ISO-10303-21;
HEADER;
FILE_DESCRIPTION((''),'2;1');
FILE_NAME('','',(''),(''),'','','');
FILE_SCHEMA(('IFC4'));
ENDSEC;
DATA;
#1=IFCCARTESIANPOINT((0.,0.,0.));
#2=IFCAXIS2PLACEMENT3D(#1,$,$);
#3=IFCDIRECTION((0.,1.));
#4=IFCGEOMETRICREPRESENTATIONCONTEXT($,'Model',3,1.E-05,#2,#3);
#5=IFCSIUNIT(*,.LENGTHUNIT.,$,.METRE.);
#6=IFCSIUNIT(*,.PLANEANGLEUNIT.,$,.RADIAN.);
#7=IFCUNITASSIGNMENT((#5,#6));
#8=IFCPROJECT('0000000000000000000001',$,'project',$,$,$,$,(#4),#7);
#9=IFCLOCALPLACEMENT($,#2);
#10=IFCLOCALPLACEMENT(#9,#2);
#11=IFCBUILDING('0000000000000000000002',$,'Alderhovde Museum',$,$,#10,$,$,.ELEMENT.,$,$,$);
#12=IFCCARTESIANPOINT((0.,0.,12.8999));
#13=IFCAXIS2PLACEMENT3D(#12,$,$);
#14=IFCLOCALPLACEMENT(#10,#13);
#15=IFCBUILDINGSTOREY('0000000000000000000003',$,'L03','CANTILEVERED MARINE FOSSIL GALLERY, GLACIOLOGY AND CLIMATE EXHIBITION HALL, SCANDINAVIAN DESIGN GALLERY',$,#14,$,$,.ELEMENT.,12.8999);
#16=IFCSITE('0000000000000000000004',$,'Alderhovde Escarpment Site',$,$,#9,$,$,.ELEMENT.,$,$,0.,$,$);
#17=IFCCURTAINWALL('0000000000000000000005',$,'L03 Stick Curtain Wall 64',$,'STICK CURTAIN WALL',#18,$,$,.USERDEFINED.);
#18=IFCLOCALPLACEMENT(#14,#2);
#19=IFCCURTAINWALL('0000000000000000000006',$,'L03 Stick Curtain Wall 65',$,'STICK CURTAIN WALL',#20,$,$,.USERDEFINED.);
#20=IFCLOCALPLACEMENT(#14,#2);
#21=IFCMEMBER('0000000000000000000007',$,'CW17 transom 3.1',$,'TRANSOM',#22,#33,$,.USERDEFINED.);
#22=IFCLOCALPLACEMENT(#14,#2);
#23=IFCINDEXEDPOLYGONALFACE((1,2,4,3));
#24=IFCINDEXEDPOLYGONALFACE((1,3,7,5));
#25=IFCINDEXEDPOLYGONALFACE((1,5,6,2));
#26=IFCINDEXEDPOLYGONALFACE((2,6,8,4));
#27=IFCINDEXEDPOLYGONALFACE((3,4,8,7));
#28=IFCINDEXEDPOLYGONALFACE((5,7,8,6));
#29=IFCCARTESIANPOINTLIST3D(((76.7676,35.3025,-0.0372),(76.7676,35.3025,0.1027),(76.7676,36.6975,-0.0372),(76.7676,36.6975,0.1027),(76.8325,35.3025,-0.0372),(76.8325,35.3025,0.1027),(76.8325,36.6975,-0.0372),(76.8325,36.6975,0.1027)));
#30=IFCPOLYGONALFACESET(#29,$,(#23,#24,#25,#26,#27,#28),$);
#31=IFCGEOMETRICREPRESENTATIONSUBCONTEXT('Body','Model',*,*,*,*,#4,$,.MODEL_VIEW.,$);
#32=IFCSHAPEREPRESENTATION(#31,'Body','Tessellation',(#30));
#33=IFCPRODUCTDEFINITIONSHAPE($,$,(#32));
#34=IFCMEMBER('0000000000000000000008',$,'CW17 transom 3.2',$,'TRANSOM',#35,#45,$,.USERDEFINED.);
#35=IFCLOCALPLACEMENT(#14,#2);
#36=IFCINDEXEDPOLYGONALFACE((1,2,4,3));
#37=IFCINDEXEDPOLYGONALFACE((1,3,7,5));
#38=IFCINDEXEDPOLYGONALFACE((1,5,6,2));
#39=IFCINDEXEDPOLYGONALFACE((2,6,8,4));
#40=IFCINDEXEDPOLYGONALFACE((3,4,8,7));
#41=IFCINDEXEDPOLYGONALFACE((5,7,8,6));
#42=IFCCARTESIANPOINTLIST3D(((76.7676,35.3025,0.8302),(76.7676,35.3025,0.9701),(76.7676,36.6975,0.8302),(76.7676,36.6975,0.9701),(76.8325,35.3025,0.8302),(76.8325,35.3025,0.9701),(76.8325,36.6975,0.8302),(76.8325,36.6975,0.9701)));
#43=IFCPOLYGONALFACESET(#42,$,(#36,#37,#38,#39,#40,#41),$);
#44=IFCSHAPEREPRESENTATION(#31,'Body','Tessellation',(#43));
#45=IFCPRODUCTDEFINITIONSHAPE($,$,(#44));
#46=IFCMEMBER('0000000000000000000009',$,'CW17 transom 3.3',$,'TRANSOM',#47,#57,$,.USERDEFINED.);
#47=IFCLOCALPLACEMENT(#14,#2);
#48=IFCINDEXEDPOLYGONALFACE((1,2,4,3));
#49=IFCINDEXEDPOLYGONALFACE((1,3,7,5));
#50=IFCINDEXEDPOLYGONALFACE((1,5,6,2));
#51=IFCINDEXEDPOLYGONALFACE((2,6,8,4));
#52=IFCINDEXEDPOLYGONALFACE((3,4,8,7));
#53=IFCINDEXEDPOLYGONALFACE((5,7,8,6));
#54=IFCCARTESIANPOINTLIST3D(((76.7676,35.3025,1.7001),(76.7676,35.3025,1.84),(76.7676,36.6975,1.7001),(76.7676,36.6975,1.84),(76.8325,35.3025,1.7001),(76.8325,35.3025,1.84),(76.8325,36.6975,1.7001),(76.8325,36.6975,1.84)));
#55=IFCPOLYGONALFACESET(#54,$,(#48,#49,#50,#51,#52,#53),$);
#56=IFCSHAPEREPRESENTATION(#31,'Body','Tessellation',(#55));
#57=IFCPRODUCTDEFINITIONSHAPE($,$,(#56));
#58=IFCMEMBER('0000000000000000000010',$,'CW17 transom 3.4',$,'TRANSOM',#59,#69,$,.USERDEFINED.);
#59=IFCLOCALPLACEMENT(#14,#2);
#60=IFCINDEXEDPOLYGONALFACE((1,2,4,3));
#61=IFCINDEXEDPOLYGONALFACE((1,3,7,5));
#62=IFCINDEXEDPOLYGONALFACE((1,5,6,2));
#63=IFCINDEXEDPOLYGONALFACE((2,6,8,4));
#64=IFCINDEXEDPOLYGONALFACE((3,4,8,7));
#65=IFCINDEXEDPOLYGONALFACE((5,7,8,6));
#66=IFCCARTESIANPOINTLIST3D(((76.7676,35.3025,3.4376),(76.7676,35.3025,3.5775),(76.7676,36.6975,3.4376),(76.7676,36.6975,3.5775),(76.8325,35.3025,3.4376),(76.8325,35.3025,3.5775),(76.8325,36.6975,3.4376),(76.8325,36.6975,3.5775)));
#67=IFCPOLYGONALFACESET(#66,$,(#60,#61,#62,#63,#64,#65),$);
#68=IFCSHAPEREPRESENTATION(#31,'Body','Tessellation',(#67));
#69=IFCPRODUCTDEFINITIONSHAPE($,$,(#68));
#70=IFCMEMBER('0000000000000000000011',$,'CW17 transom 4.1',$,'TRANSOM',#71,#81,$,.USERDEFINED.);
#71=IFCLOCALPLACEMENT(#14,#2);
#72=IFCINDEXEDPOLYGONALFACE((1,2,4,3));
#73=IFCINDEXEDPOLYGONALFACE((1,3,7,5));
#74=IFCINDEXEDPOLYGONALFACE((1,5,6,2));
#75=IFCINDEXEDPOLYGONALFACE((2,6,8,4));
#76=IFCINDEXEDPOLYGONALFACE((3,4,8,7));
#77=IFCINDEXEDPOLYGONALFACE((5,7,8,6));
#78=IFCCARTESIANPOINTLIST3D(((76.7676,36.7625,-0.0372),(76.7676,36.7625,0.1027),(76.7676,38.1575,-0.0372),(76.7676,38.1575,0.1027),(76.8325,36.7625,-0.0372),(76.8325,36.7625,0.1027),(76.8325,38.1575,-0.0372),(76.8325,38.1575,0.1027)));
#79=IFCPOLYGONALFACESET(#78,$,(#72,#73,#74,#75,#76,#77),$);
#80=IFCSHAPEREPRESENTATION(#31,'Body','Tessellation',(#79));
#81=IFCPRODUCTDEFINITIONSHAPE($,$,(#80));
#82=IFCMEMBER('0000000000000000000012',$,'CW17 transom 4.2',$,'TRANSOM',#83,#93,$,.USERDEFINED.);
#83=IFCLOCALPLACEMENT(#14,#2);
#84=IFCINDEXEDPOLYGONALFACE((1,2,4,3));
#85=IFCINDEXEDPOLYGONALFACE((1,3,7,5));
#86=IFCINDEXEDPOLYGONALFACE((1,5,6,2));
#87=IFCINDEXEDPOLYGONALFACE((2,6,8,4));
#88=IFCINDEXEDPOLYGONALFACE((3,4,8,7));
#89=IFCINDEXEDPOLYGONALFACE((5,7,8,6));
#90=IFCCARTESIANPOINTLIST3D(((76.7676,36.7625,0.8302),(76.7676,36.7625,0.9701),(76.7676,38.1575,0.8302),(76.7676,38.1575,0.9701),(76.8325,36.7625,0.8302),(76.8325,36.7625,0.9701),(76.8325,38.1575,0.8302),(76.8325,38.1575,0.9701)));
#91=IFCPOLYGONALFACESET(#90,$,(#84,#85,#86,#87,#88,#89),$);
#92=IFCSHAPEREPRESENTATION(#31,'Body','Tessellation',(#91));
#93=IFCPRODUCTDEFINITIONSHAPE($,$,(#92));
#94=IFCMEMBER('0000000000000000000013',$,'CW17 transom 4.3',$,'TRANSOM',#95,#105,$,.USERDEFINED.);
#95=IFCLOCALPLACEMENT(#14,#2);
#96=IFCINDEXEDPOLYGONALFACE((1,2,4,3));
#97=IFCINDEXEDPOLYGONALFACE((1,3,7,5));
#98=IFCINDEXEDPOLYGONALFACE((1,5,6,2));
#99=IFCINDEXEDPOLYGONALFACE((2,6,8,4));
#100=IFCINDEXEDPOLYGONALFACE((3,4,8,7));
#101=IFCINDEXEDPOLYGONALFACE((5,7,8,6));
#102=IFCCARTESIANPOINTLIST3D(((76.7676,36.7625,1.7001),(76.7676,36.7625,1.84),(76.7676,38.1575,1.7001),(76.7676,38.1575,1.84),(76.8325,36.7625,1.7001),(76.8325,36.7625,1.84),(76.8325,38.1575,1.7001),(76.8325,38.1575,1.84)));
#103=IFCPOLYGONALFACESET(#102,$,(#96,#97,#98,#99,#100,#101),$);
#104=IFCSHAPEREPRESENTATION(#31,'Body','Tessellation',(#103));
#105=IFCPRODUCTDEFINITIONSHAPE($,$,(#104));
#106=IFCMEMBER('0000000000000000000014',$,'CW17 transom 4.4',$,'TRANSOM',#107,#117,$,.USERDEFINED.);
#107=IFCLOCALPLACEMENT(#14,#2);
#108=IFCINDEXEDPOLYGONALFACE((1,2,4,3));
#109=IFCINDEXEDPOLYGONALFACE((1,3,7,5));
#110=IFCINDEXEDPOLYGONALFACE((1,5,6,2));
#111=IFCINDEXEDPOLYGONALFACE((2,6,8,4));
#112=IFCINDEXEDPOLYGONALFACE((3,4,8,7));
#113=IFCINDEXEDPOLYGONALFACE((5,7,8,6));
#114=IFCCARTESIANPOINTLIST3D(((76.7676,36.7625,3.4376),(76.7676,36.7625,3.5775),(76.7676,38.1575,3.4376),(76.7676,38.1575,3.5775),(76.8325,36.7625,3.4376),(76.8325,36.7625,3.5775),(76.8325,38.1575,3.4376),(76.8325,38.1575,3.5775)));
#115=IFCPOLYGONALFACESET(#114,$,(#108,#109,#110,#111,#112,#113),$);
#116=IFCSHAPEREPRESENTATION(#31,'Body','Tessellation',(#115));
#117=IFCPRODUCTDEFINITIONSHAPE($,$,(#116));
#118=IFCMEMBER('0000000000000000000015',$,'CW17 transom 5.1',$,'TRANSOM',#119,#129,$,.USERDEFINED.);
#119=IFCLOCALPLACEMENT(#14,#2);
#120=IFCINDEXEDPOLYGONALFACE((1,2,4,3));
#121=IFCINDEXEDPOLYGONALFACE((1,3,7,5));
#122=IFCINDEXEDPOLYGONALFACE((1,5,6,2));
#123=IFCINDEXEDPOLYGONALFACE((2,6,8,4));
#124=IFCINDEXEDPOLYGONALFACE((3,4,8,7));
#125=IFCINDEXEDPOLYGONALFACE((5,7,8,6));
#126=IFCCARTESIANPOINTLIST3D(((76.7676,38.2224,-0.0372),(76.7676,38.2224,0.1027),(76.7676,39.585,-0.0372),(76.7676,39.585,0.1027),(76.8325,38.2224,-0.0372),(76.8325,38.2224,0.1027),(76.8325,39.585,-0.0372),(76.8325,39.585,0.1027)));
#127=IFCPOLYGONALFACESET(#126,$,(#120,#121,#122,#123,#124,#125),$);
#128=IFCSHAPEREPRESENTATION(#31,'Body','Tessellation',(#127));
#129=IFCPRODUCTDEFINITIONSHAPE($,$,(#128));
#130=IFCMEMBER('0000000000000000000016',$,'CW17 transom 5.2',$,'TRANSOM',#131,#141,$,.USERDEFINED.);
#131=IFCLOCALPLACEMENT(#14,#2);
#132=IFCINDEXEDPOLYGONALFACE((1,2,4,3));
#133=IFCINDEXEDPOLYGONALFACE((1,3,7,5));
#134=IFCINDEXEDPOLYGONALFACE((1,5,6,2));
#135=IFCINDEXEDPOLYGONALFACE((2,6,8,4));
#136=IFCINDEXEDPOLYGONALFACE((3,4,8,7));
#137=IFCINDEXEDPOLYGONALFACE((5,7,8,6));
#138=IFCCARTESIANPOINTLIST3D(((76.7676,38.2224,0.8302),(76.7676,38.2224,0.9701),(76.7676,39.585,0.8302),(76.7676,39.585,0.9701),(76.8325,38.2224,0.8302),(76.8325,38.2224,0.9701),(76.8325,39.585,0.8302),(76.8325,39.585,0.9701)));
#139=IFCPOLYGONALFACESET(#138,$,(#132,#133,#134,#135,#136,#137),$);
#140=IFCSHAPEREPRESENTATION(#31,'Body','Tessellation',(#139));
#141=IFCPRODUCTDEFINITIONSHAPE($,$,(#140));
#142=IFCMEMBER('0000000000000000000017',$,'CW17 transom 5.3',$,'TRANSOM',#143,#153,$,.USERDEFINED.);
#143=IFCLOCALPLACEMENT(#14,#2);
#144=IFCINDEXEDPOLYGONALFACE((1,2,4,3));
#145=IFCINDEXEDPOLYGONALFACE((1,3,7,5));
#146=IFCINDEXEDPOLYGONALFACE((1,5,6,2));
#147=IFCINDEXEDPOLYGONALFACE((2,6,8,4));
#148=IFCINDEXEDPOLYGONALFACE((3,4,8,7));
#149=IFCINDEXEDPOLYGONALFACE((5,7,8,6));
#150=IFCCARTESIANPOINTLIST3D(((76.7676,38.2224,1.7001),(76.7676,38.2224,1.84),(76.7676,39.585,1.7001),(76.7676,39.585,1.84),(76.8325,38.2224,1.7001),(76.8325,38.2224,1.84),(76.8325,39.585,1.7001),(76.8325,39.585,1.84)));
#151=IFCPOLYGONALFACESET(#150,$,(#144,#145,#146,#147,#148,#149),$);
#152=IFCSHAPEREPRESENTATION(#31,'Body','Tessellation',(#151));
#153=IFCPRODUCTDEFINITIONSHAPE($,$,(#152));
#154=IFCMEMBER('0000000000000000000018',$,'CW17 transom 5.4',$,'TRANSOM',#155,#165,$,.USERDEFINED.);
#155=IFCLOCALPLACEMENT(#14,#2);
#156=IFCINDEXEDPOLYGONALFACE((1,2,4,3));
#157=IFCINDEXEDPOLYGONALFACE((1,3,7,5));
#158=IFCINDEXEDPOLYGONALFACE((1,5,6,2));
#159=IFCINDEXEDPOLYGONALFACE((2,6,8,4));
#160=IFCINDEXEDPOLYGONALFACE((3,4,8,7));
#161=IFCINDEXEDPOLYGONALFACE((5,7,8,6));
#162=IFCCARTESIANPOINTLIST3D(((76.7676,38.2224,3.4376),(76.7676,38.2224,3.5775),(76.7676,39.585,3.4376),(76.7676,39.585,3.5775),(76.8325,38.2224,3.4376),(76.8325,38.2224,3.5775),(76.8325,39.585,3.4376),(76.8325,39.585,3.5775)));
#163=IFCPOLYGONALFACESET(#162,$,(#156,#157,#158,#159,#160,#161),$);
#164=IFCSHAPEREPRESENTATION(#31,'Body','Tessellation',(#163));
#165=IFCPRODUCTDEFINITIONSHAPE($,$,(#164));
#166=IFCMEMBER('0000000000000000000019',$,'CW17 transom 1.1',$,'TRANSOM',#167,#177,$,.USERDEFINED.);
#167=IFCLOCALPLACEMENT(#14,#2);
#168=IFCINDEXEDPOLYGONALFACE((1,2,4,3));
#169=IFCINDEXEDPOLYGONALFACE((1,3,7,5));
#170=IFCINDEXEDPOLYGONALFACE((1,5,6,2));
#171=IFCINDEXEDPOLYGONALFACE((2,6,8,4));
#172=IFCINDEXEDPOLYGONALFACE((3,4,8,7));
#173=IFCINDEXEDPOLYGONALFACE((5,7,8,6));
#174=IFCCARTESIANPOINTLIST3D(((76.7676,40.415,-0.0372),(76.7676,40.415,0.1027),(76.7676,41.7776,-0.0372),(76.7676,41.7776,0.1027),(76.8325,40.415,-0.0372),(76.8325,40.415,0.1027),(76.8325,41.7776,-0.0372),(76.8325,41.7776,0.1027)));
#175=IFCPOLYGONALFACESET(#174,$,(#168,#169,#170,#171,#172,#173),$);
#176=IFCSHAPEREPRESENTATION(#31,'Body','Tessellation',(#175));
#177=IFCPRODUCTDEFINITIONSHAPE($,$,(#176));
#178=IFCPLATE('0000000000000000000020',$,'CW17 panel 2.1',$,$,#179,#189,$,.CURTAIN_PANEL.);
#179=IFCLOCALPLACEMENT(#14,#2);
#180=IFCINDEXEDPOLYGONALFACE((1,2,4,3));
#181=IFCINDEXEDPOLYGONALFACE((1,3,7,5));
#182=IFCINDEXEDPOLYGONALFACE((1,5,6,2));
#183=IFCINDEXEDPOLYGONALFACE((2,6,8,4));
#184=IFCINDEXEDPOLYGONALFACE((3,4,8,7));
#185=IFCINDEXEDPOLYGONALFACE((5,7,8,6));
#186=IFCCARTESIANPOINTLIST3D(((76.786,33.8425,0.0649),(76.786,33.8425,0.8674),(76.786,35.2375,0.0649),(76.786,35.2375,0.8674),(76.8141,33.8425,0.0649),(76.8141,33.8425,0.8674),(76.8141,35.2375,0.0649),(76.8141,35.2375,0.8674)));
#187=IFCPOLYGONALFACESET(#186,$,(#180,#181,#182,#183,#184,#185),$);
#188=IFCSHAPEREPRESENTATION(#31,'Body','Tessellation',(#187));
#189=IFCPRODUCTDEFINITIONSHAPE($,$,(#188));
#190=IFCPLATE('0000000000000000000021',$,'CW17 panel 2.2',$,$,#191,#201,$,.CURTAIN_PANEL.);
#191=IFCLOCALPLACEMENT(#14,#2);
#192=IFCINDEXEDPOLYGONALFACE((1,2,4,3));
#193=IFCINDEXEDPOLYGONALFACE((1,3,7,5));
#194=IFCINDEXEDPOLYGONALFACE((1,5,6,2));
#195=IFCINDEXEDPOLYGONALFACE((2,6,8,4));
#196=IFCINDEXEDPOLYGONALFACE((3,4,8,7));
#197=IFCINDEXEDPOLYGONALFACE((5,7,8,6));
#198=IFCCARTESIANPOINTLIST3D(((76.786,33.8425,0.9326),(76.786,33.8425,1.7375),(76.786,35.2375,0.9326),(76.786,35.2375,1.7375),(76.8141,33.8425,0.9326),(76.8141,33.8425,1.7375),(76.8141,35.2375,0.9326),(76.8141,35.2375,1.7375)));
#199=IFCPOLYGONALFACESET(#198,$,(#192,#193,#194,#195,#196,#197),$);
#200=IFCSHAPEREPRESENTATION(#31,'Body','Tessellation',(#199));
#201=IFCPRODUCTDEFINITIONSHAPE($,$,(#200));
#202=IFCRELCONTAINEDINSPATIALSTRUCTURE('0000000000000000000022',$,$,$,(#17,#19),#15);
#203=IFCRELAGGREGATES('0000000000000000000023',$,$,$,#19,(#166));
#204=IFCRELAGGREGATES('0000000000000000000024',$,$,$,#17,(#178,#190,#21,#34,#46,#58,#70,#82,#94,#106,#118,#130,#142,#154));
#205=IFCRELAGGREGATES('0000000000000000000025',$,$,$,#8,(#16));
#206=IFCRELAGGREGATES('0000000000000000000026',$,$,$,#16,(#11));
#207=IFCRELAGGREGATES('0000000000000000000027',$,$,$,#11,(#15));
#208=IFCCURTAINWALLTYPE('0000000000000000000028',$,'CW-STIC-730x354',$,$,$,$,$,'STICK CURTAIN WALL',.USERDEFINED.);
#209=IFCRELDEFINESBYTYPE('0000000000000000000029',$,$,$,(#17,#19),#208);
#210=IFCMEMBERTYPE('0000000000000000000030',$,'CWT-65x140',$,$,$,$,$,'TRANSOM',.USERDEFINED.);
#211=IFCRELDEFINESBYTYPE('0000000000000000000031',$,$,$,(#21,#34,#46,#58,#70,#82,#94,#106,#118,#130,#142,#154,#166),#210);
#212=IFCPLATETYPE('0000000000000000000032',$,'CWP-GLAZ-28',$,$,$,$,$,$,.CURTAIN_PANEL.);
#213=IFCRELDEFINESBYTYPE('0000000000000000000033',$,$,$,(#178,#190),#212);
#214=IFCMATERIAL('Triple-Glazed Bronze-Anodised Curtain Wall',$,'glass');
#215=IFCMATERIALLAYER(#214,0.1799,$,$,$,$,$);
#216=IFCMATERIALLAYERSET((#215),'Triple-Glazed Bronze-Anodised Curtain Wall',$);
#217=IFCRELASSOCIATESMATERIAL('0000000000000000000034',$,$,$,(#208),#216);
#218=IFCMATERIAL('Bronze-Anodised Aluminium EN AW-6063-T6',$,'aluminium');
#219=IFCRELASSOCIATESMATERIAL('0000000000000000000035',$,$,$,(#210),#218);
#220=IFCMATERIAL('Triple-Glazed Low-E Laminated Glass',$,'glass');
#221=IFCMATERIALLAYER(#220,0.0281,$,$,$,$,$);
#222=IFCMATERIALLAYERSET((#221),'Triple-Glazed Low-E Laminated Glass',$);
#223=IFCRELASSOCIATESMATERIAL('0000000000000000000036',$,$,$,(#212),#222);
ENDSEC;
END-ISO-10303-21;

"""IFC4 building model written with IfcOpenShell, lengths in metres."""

from ifc_helpers import new_model, si_unit, direction, frame, origin, origin_2d, place, context, subcontext, project, spatial, rectangle, extrude, material, layer, layer_set, material_profile, profile_set, type_object, element, aggregate, save


model = new_model("IFC4")

# Units and contexts
model_context = context("Model", 3, precision=1e-05, world=origin(), true_north=direction((0.0, 1.0)))
body_context = subcontext(model_context, "Body", "Model", "MODEL_VIEW")
ifc_project = project(units=[si_unit("LENGTHUNIT", "METRE"), si_unit("PLANEANGLEUNIT", "RADIAN")], contexts=[model_context])

# Site, building, storey
site_placement = place(None, origin())
site = spatial("IfcSite", under=ifc_project, at=site_placement, Name="Alderhovde Escarpment Site", CompositionType="ELEMENT", RefElevation=0.0)
building_placement = place(site_placement, origin())
building = spatial("IfcBuilding", under=site, at=building_placement, Name="Alderhovde Museum", CompositionType="ELEMENT")
storey_placement = place(building_placement, frame((0.0, 0.0, 12.8999)))
storey = spatial("IfcBuildingStorey", under=building, at=storey_placement, Name="L03", Description="CANTILEVERED MARINE FOSSIL GALLERY, GLACIOLOGY AND CLIMATE EXHIBITION HALL, SCANDINAVIAN DESIGN GALLERY", CompositionType="ELEMENT", Elevation=12.8999)

# Curtain wall
ifc_material_1 = material(Name="Triple-Glazed Bronze-Anodised Curtain Wall", Category="glass")
ifc_layer_1 = layer(ifc_material_1, 0.1799)
ifc_layer_set_1 = layer_set([ifc_layer_1], Name="Triple-Glazed Bronze-Anodised Curtain Wall")
curtain_wall_type = type_object("IfcCurtainWallType", Name="CW-STIC-730x354", ElementType="STICK CURTAIN WALL", PredefinedType="USERDEFINED", material=ifc_layer_set_1)
curtain_wall_1_placement = place(storey_placement, origin())
curtain_wall_1 = element("IfcCurtainWall", 1, at=curtain_wall_1_placement, inside=storey, type_object=curtain_wall_type, Name="L03 Stick Curtain Wall 64", ObjectType="STICK CURTAIN WALL", PredefinedType="USERDEFINED")

# Curtain wall
curtain_wall_2_placement = place(storey_placement, origin())
curtain_wall_2 = element("IfcCurtainWall", 2, at=curtain_wall_2_placement, inside=storey, type_object=curtain_wall_type, Name="L03 Stick Curtain Wall 65", ObjectType="STICK CURTAIN WALL", PredefinedType="USERDEFINED")

# Members
ifc_material_2 = material(Name="Bronze-Anodised Aluminium EN AW-6063-T6", Category="aluminium")
ifc_material_profile_1 = material_profile(ifc_material_2, rectangle(XDim=0.0649, YDim=0.1399, at=origin_2d()), Name="TRANSOM 65x140")
ifc_profile_set_1 = profile_set([ifc_material_profile_1], Name="Bronze-Anodised Aluminium EN AW-6063-T6")
member_type_1 = type_object("IfcMemberType", Name="CWT-65x140", ElementType="TRANSOM", PredefinedType="USERDEFINED", material=ifc_profile_set_1)
member_1_placement = place(storey_placement, frame((76.8, 35.3025, 0.0327), z_axis=(0.0, 1.0, 0.0), x_axis=(-1.0, 0.0, 0.0)))
member_1 = element("IfcMember", 3, at=member_1_placement, type_object=member_type_1, Name="CW17 transom 3.1", ObjectType="TRANSOM", PredefinedType="USERDEFINED", context=body_context, shape_type="SweptSolid", body=[
    extrude(rectangle(XDim=0.0649, YDim=0.1399, at=origin_2d()), origin(), (0.0, 0.0, 1.0), 1.395),
])
member_2_placement = place(storey_placement, frame((76.8, 35.3025, 0.9001), z_axis=(0.0, 1.0, 0.0), x_axis=(-1.0, 0.0, 0.0)))
member_2 = element("IfcMember", 4, at=member_2_placement, type_object=member_type_1, Name="CW17 transom 3.2", ObjectType="TRANSOM", PredefinedType="USERDEFINED", context=body_context, shape_type="SweptSolid", body=[
    extrude(rectangle(XDim=0.0649, YDim=0.1399, at=origin_2d()), origin(), (0.0, 0.0, 1.0), 1.395),
])
member_3_placement = place(storey_placement, frame((76.8, 35.3025, 1.77), z_axis=(0.0, 1.0, 0.0), x_axis=(-1.0, 0.0, 0.0)))
member_3 = element("IfcMember", 5, at=member_3_placement, type_object=member_type_1, Name="CW17 transom 3.3", ObjectType="TRANSOM", PredefinedType="USERDEFINED", context=body_context, shape_type="SweptSolid", body=[
    extrude(rectangle(XDim=0.0649, YDim=0.1399, at=origin_2d()), origin(), (0.0, 0.0, 1.0), 1.395),
])
member_4_placement = place(storey_placement, frame((76.8, 35.3025, 3.5076), z_axis=(0.0, 1.0, 0.0), x_axis=(-1.0, 0.0, 0.0)))
member_4 = element("IfcMember", 6, at=member_4_placement, type_object=member_type_1, Name="CW17 transom 3.4", ObjectType="TRANSOM", PredefinedType="USERDEFINED", context=body_context, shape_type="SweptSolid", body=[
    extrude(rectangle(XDim=0.0649, YDim=0.1399, at=origin_2d()), origin(), (0.0, 0.0, 1.0), 1.395),
])
member_5_placement = place(storey_placement, frame((76.8, 36.7625, 0.0327), z_axis=(0.0, 1.0, 0.0), x_axis=(-1.0, 0.0, 0.0)))
member_5 = element("IfcMember", 7, at=member_5_placement, type_object=member_type_1, Name="CW17 transom 4.1", ObjectType="TRANSOM", PredefinedType="USERDEFINED", context=body_context, shape_type="SweptSolid", body=[
    extrude(rectangle(XDim=0.0649, YDim=0.1399, at=origin_2d()), origin(), (0.0, 0.0, 1.0), 1.395),
])
member_6_placement = place(storey_placement, frame((76.8, 36.7625, 0.9001), z_axis=(0.0, 1.0, 0.0), x_axis=(-1.0, 0.0, 0.0)))
member_6 = element("IfcMember", 8, at=member_6_placement, type_object=member_type_1, Name="CW17 transom 4.2", ObjectType="TRANSOM", PredefinedType="USERDEFINED", context=body_context, shape_type="SweptSolid", body=[
    extrude(rectangle(XDim=0.0649, YDim=0.1399, at=origin_2d()), origin(), (0.0, 0.0, 1.0), 1.395),
])
member_7_placement = place(storey_placement, frame((76.8, 36.7625, 1.77), z_axis=(0.0, 1.0, 0.0), x_axis=(-1.0, 0.0, 0.0)))
member_7 = element("IfcMember", 9, at=member_7_placement, type_object=member_type_1, Name="CW17 transom 4.3", ObjectType="TRANSOM", PredefinedType="USERDEFINED", context=body_context, shape_type="SweptSolid", body=[
    extrude(rectangle(XDim=0.0649, YDim=0.1399, at=origin_2d()), origin(), (0.0, 0.0, 1.0), 1.395),
])
member_8_placement = place(storey_placement, frame((76.8, 36.7625, 3.5076), z_axis=(0.0, 1.0, 0.0), x_axis=(-1.0, 0.0, 0.0)))
member_8 = element("IfcMember", 10, at=member_8_placement, type_object=member_type_1, Name="CW17 transom 4.4", ObjectType="TRANSOM", PredefinedType="USERDEFINED", context=body_context, shape_type="SweptSolid", body=[
    extrude(rectangle(XDim=0.0649, YDim=0.1399, at=origin_2d()), origin(), (0.0, 0.0, 1.0), 1.395),
])
member_9_placement = place(storey_placement, frame((76.8, 38.2224, 0.0327), z_axis=(0.0, 1.0, 0.0), x_axis=(-1.0, 0.0, 0.0)))
member_9 = element("IfcMember", 11, at=member_9_placement, type_object=member_type_1, Name="CW17 transom 5.1", ObjectType="TRANSOM", PredefinedType="USERDEFINED", context=body_context, shape_type="SweptSolid", body=[
    extrude(rectangle(XDim=0.0649, YDim=0.1399, at=origin_2d()), origin(), (0.0, 0.0, 1.0), 1.3625),
])
member_10_placement = place(storey_placement, frame((76.8, 38.2224, 0.9001), z_axis=(0.0, 1.0, 0.0), x_axis=(-1.0, 0.0, 0.0)))
member_10 = element("IfcMember", 12, at=member_10_placement, type_object=member_type_1, Name="CW17 transom 5.2", ObjectType="TRANSOM", PredefinedType="USERDEFINED", context=body_context, shape_type="SweptSolid", body=[
    extrude(rectangle(XDim=0.0649, YDim=0.1399, at=origin_2d()), origin(), (0.0, 0.0, 1.0), 1.3625),
])
member_11_placement = place(storey_placement, frame((76.8, 38.2224, 1.77), z_axis=(0.0, 1.0, 0.0), x_axis=(-1.0, 0.0, 0.0)))
member_11 = element("IfcMember", 13, at=member_11_placement, type_object=member_type_1, Name="CW17 transom 5.3", ObjectType="TRANSOM", PredefinedType="USERDEFINED", context=body_context, shape_type="SweptSolid", body=[
    extrude(rectangle(XDim=0.0649, YDim=0.1399, at=origin_2d()), origin(), (0.0, 0.0, 1.0), 1.3625),
])
member_12_placement = place(storey_placement, frame((76.8, 38.2224, 3.5076), z_axis=(0.0, 1.0, 0.0), x_axis=(-1.0, 0.0, 0.0)))
member_12 = element("IfcMember", 14, at=member_12_placement, type_object=member_type_1, Name="CW17 transom 5.4", ObjectType="TRANSOM", PredefinedType="USERDEFINED", context=body_context, shape_type="SweptSolid", body=[
    extrude(rectangle(XDim=0.0649, YDim=0.1399, at=origin_2d()), origin(), (0.0, 0.0, 1.0), 1.3625),
])
member_13_placement = place(storey_placement, frame((76.8, 40.415, 0.0327), z_axis=(0.0, 1.0, 0.0), x_axis=(-1.0, 0.0, 0.0)))
member_13 = element("IfcMember", 15, at=member_13_placement, type_object=member_type_1, Name="CW17 transom 1.1", ObjectType="TRANSOM", PredefinedType="USERDEFINED", context=body_context, shape_type="SweptSolid", body=[
    extrude(rectangle(XDim=0.0649, YDim=0.1399, at=origin_2d()), origin(), (0.0, 0.0, 1.0), 1.3625),
])
aggregate(curtain_wall_2, [member_13])

# Plates
ifc_material_3 = material(Name="Triple-Glazed Low-E Laminated Glass", Category="glass")
ifc_layer_2 = layer(ifc_material_3, 0.0281)
ifc_layer_set_2 = layer_set([ifc_layer_2], Name="Triple-Glazed Low-E Laminated Glass")
plate_type = type_object("IfcPlateType", Name="CWP-GLAZ-28", PredefinedType="CURTAIN_PANEL", material=ifc_layer_set_2)
plate_1_placement = place(storey_placement, frame((76.8, 34.54, 0.0649), z_axis=(0.0, 0.0, 1.0), x_axis=(0.0, 1.0, 0.0)))
plate_1 = element("IfcPlate", 16, at=plate_1_placement, type_object=plate_type, Name="CW17 panel 2.1", PredefinedType="CURTAIN_PANEL", context=body_context, shape_type="SweptSolid", body=[
    extrude(rectangle(XDim=1.395, YDim=0.0281, at=origin_2d()), origin(), (0.0, 0.0, 1.0), 0.8025),
])
plate_2_placement = place(storey_placement, frame((76.8, 34.54, 0.9326), z_axis=(0.0, 0.0, 1.0), x_axis=(0.0, 1.0, 0.0)))
plate_2 = element("IfcPlate", 17, at=plate_2_placement, type_object=plate_type, Name="CW17 panel 2.2", PredefinedType="CURTAIN_PANEL", context=body_context, shape_type="SweptSolid", body=[
    extrude(rectangle(XDim=1.395, YDim=0.0281, at=origin_2d()), origin(), (0.0, 0.0, 1.0), 0.8049),
])
aggregate(curtain_wall_1, [plate_1, plate_2, member_1, member_2, member_3, member_4, member_5, member_6, member_7, member_8, member_9, member_10, member_11, member_12])

save(model, "model.ifc")
